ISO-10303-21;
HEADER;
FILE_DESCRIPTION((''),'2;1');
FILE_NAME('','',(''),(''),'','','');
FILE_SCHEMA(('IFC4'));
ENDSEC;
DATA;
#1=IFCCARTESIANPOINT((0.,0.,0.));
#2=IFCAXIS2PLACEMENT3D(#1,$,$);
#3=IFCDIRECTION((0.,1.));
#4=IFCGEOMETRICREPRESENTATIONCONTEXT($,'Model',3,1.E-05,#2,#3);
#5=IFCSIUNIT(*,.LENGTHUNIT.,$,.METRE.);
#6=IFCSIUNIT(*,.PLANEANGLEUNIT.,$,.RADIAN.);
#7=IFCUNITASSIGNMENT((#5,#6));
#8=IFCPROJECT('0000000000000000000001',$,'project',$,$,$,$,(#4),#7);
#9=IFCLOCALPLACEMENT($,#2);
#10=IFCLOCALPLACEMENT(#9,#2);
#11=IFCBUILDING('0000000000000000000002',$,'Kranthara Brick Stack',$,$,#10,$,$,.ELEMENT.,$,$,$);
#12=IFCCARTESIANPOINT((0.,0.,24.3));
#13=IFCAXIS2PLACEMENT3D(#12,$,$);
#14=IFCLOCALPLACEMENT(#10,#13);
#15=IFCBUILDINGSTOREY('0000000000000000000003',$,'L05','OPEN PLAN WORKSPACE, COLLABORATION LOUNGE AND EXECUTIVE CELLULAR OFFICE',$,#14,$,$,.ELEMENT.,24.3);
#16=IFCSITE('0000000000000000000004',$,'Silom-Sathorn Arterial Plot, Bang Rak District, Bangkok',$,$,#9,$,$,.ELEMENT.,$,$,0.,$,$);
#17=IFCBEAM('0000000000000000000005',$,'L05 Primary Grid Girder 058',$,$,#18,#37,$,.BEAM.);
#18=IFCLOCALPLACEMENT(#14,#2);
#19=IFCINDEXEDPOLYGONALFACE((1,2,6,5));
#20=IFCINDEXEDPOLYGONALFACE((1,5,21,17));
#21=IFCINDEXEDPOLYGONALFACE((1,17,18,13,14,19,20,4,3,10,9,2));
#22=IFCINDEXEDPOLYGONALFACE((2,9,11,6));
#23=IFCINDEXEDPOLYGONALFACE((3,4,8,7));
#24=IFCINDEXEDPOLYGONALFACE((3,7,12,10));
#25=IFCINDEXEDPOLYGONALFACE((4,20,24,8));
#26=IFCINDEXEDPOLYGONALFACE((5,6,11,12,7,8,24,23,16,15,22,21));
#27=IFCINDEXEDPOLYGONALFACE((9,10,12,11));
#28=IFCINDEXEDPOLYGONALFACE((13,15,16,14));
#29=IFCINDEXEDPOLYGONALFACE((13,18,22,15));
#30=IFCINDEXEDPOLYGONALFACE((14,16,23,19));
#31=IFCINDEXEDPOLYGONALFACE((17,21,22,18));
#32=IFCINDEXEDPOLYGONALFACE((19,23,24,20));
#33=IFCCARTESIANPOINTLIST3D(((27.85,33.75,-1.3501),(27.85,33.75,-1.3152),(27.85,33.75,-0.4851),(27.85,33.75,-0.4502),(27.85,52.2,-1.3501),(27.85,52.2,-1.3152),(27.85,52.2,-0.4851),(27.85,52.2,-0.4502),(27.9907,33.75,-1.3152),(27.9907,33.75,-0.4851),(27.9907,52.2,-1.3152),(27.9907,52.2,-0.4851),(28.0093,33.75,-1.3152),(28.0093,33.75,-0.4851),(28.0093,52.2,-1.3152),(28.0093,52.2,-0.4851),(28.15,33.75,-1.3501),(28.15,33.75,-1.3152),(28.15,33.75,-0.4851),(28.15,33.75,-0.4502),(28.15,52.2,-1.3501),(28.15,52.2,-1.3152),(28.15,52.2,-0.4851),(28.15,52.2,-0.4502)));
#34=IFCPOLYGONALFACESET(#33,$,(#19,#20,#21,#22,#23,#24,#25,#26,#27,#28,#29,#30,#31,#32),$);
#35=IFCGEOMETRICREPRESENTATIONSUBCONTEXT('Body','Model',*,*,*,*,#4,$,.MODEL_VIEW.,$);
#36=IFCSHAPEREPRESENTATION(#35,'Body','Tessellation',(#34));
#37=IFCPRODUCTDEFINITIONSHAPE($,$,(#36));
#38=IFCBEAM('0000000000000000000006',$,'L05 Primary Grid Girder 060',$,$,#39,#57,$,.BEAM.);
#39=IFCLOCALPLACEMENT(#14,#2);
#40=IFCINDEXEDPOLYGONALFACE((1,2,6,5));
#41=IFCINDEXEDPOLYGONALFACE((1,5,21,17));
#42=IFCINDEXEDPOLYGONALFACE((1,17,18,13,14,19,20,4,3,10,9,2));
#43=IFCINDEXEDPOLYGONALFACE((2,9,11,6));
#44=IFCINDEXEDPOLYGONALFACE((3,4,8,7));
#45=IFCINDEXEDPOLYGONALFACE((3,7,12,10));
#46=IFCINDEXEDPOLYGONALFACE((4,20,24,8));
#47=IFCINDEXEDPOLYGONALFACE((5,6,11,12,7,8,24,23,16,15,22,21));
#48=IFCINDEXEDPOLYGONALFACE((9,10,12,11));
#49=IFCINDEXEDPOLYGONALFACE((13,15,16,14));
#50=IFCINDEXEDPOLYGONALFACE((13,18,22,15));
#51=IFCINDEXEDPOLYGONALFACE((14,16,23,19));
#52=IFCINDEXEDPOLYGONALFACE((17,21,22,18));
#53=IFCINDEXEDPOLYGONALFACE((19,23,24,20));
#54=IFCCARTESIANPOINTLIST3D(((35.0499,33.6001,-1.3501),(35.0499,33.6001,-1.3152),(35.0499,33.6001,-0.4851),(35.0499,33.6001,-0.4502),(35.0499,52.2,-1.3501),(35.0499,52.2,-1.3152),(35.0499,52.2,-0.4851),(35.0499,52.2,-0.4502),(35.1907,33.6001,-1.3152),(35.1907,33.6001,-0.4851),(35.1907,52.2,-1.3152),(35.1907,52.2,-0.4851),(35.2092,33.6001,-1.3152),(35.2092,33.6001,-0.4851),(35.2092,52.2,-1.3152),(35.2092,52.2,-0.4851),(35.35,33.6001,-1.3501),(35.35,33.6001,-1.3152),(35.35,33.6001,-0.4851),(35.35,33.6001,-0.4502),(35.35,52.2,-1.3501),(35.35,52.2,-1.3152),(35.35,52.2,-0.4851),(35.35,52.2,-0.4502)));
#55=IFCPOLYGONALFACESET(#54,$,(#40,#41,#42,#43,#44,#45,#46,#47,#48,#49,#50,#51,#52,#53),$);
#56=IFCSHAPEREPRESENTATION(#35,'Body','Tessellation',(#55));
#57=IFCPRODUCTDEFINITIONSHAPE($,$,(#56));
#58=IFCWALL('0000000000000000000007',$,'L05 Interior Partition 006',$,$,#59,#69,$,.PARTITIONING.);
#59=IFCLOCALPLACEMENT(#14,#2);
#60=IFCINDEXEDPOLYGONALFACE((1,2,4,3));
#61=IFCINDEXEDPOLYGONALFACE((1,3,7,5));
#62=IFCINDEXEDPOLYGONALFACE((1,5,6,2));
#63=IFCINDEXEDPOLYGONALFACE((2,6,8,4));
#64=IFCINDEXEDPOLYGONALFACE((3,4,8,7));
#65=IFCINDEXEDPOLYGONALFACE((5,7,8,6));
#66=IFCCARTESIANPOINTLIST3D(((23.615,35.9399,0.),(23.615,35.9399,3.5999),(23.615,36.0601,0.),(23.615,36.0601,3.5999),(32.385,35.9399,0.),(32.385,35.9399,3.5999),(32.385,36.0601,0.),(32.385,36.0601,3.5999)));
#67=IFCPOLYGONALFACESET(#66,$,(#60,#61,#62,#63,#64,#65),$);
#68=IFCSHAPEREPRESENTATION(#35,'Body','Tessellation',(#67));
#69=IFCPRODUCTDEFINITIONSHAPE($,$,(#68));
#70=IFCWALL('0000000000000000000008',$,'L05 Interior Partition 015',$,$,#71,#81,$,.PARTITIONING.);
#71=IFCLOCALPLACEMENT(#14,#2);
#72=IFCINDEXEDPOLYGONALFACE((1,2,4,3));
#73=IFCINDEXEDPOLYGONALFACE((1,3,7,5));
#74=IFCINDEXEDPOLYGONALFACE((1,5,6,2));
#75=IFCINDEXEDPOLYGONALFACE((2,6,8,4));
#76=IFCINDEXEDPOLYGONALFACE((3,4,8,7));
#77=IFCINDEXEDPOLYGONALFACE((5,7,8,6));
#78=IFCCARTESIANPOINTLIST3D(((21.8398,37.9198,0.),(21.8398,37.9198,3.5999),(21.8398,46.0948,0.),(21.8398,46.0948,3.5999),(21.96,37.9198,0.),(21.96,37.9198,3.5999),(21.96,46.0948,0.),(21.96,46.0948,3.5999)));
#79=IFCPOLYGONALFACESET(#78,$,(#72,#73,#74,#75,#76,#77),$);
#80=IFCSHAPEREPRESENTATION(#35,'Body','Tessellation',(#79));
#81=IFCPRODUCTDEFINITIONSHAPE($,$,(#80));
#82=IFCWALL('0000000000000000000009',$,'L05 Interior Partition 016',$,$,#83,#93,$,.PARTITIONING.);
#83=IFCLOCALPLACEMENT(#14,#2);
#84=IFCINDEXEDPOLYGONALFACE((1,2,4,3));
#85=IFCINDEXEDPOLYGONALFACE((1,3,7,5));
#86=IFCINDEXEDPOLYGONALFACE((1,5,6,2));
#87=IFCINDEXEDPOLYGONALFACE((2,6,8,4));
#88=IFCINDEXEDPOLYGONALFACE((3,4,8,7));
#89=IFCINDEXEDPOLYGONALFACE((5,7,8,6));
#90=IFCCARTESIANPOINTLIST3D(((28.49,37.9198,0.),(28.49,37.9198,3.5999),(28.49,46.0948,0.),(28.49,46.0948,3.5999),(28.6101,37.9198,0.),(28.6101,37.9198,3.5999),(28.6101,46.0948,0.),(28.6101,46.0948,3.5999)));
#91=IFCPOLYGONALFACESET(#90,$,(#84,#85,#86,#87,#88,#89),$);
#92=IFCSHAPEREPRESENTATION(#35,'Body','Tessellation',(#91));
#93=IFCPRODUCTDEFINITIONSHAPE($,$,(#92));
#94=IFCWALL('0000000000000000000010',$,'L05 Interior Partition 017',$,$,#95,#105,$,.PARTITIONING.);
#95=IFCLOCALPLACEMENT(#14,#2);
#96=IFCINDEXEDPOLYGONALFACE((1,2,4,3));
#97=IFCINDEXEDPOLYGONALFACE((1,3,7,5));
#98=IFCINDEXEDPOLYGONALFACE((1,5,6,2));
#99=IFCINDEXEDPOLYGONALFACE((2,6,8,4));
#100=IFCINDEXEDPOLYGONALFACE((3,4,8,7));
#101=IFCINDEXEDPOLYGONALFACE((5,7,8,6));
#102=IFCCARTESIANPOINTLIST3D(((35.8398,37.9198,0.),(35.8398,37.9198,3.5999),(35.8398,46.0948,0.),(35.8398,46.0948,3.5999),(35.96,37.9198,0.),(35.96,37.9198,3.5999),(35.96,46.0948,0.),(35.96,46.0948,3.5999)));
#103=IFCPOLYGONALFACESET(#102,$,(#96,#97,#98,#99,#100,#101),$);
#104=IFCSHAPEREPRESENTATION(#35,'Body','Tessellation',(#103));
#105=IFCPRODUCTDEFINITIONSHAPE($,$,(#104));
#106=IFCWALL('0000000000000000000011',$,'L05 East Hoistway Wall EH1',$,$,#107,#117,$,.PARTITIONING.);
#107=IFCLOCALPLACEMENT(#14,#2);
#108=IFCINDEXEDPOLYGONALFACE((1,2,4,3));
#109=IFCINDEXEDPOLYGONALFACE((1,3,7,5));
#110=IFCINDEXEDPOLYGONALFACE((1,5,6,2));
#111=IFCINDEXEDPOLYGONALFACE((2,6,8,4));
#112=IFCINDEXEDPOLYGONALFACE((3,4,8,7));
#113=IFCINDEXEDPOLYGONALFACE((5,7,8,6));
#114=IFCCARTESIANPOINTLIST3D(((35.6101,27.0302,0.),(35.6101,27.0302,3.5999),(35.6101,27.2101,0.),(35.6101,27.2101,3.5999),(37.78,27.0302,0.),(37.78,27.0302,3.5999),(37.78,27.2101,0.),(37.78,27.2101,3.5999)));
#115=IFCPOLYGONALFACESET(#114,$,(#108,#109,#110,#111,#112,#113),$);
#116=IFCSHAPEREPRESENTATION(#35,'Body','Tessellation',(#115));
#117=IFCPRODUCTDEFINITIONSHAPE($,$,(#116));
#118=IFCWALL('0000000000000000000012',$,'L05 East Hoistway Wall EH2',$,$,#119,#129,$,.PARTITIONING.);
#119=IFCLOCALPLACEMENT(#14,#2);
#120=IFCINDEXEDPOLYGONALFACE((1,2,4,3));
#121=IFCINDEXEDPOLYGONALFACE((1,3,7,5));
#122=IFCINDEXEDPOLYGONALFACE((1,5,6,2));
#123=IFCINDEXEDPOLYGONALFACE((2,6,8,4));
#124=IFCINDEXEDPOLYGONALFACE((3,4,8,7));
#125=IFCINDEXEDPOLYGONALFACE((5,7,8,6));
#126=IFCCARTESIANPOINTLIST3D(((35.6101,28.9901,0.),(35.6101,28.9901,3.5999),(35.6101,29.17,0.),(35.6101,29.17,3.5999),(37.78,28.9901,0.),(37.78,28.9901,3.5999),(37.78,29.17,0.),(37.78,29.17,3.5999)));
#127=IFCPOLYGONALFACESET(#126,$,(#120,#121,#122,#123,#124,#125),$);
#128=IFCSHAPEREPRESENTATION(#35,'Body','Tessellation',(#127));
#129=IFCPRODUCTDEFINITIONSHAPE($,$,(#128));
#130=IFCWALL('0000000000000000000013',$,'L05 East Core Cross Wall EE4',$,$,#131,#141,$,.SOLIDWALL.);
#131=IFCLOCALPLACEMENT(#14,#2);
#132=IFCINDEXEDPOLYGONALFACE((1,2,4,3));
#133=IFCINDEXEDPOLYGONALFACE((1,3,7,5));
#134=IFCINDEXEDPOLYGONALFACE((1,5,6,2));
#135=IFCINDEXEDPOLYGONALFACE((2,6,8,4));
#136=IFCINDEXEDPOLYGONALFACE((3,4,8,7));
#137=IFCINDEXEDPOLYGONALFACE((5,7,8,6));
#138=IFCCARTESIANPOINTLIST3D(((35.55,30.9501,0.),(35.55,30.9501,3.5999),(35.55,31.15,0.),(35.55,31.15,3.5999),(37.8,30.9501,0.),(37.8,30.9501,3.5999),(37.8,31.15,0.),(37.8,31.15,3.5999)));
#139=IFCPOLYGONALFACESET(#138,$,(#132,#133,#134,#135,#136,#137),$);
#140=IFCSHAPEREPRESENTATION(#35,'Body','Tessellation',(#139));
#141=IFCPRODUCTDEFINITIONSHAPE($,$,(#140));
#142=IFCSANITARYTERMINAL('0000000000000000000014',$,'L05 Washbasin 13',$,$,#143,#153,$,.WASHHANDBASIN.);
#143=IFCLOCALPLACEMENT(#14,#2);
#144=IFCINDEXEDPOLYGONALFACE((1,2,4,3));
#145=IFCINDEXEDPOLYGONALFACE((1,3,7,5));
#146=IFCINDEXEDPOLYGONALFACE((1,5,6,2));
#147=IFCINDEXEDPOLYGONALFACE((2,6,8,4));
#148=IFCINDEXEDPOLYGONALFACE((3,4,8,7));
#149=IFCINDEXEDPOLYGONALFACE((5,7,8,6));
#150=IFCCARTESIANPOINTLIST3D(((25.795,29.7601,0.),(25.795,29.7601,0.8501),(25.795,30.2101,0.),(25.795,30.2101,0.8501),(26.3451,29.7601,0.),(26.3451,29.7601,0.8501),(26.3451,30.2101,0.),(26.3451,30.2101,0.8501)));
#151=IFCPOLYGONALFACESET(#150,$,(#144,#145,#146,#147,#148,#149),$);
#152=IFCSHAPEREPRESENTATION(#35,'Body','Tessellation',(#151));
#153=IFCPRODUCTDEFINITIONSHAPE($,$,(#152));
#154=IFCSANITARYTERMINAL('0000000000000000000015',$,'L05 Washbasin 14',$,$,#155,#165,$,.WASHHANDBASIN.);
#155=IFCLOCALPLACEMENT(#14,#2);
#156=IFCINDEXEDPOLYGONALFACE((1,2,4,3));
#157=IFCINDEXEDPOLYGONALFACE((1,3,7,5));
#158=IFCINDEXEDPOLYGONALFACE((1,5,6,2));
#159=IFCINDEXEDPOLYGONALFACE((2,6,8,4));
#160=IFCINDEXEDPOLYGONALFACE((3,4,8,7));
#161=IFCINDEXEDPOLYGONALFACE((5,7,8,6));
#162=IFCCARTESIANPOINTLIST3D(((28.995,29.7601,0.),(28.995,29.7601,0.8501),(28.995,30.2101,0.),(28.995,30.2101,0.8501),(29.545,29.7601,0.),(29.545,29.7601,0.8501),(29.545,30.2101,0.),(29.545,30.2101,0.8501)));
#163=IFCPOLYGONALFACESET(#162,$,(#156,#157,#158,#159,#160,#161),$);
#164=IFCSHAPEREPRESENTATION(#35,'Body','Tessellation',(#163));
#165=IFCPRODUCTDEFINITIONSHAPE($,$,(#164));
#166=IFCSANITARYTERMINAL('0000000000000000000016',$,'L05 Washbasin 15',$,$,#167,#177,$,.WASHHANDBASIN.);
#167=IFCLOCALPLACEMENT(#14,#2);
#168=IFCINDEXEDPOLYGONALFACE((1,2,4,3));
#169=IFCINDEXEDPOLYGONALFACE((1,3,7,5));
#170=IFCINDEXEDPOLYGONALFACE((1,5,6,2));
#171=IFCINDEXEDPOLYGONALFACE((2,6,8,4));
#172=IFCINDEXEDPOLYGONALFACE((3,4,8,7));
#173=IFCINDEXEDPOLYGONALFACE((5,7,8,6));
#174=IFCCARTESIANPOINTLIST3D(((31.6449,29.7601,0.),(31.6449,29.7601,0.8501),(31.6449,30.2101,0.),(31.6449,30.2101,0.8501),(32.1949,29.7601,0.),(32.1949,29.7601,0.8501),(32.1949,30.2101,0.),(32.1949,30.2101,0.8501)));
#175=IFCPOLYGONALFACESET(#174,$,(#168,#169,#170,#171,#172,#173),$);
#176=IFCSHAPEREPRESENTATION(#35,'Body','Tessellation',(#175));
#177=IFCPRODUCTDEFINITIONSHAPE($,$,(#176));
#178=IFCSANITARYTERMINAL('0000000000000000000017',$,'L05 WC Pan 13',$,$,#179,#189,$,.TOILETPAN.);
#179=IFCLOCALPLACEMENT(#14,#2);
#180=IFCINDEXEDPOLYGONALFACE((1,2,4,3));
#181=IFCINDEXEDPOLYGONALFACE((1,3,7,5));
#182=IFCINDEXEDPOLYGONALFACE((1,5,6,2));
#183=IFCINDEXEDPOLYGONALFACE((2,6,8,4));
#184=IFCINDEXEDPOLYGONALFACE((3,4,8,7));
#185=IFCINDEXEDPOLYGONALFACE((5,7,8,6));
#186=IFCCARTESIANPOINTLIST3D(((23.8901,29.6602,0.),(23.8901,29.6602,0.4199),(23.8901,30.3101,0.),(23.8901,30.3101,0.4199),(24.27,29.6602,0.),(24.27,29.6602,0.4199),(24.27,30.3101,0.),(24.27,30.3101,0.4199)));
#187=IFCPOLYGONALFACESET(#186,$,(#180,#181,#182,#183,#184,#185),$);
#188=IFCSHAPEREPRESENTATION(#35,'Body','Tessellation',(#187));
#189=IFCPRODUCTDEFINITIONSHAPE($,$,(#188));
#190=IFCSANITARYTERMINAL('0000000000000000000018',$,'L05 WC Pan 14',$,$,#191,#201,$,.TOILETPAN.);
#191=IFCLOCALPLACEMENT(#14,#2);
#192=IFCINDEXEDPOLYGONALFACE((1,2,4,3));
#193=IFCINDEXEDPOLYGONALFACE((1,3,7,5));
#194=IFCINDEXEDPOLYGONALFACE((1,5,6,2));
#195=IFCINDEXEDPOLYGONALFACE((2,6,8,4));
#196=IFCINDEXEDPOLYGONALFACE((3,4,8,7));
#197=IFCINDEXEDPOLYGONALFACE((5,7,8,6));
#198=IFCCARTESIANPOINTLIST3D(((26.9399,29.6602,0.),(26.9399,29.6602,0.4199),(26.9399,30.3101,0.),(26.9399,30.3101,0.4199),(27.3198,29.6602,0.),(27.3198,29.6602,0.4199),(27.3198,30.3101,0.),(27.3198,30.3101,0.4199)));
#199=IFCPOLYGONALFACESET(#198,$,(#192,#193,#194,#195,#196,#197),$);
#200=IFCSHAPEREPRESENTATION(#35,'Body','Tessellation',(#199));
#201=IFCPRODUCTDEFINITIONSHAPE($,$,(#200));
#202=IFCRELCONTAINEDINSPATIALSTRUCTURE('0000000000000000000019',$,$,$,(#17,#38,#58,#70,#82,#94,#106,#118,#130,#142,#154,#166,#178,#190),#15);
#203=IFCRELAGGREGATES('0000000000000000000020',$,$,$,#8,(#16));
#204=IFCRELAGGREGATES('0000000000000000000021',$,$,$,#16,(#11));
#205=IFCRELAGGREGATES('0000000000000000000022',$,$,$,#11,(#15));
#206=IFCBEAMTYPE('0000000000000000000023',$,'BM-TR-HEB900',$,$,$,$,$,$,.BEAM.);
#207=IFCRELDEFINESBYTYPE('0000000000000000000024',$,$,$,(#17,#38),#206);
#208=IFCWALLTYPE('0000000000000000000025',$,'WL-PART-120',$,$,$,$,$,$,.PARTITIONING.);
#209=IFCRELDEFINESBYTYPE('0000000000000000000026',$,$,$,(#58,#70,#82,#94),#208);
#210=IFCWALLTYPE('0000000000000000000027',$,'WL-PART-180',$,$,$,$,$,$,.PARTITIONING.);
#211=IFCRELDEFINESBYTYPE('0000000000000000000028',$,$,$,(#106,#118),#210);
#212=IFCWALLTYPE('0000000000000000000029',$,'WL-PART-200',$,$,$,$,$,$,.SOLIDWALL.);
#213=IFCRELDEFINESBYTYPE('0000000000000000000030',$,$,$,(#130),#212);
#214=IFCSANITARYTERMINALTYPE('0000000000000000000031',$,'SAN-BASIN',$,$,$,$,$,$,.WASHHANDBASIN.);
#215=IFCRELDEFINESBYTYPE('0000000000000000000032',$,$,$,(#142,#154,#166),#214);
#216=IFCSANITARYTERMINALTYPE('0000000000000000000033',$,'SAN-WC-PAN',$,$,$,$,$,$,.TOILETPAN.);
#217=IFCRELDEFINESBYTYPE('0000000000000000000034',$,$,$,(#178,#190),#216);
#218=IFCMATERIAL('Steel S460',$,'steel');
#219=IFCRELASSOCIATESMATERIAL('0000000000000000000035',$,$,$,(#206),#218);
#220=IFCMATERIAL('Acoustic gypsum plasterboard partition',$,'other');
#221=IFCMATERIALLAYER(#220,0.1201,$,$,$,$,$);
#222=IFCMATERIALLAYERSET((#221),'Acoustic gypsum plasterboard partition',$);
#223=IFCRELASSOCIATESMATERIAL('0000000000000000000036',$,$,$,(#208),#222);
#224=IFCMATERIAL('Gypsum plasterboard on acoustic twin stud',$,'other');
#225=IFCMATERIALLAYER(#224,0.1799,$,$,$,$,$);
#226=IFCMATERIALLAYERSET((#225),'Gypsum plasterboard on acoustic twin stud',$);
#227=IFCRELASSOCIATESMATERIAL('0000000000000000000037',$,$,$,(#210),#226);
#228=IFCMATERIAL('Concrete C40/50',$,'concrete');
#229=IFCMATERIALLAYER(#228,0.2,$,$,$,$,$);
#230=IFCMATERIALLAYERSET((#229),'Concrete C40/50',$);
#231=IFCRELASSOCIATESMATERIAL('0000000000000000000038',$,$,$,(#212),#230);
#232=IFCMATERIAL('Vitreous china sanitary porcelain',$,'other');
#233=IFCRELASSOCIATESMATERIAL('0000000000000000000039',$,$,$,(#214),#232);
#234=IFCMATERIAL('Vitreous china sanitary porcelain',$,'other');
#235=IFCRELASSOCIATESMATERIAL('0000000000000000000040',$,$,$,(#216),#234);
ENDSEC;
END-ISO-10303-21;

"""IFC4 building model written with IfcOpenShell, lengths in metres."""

from ifc_helpers import new_model, si_unit, direction, frame, frame_2d, origin, origin_2d, place, context, subcontext, project, spatial, rectangle, i_section, extrude, material, layer, layer_set, material_profile, profile_set, type_object, element, save


model = new_model("IFC4")

# Units and contexts
model_context = context("Model", 3, precision=1e-05, world=origin(), true_north=direction((0.0, 1.0)))
body_context = subcontext(model_context, "Body", "Model", "MODEL_VIEW")
ifc_project = project(units=[si_unit("LENGTHUNIT", "METRE"), si_unit("PLANEANGLEUNIT", "RADIAN")], contexts=[model_context])

# Site, building, storey
site_placement = place(None, origin())
site = spatial("IfcSite", under=ifc_project, at=site_placement, Name="Silom-Sathorn Arterial Plot, Bang Rak District, Bangkok", CompositionType="ELEMENT", RefElevation=0.0)
building_placement = place(site_placement, origin())
building = spatial("IfcBuilding", under=site, at=building_placement, Name="Kranthara Brick Stack", CompositionType="ELEMENT")
storey_placement = place(building_placement, frame((0.0, 0.0, 24.3)))
storey = spatial("IfcBuildingStorey", under=building, at=storey_placement, Name="L05", Description="OPEN PLAN WORKSPACE, COLLABORATION LOUNGE AND EXECUTIVE CELLULAR OFFICE", CompositionType="ELEMENT", Elevation=24.3)

# Beams
ifc_material_1 = material(Name="Steel S460", Category="steel")
ifc_material_profile_1 = material_profile(ifc_material_1, i_section(OverallWidth=0.3, OverallDepth=0.8999, WebThickness=0.0186, FlangeThickness=0.0349, at=origin_2d()), Name="HEB 900")
ifc_profile_set_1 = profile_set([ifc_material_profile_1], Name="Steel S460")
beam_type_1 = type_object("IfcBeamType", Name="BM-TR-HEB900", PredefinedType="BEAM", material=ifc_profile_set_1)
beam_1_placement = place(storey_placement, frame((28.0, 33.75, -0.9001), z_axis=(0.0, 1.0, 0.0), x_axis=(-1.0, 0.0, 0.0)))
element("IfcBeam", 1, at=beam_1_placement, inside=storey, type_object=beam_type_1, Name="L05 Primary Grid Girder 058", PredefinedType="BEAM", context=body_context, shape_type="SweptSolid", body=[
    extrude(i_section(OverallWidth=0.3, OverallDepth=0.8999, WebThickness=0.0186, FlangeThickness=0.0349, at=origin_2d()), origin(), (0.0, 0.0, 1.0), 18.45),
])
beam_2_placement = place(storey_placement, frame((35.2, 33.6001, -0.9001), z_axis=(0.0, 1.0, 0.0), x_axis=(-1.0, 0.0, 0.0)))
element("IfcBeam", 2, at=beam_2_placement, inside=storey, type_object=beam_type_1, Name="L05 Primary Grid Girder 060", PredefinedType="BEAM", context=body_context, shape_type="SweptSolid", body=[
    extrude(i_section(OverallWidth=0.3, OverallDepth=0.8999, WebThickness=0.0186, FlangeThickness=0.0349, at=origin_2d()), origin(), (0.0, 0.0, 1.0), 18.5999),
])

# Walls
ifc_material_2 = material(Name="Acoustic gypsum plasterboard partition", Category="other")
ifc_layer_1 = layer(ifc_material_2, 0.1201)
ifc_layer_set_1 = layer_set([ifc_layer_1], Name="Acoustic gypsum plasterboard partition")
wall_type_1 = type_object("IfcWallType", Name="WL-PART-120", PredefinedType="PARTITIONING", material=ifc_layer_set_1)
wall_1_placement = place(storey_placement, frame((23.615, 36.0, 0.0), z_axis=(0.0, 0.0, 1.0), x_axis=(1.0, 0.0, 0.0)))
element("IfcWall", 3, at=wall_1_placement, inside=storey, type_object=wall_type_1, Name="L05 Interior Partition 006", PredefinedType="PARTITIONING", context=body_context, shape_type="SweptSolid", body=[
    extrude(rectangle(XDim=8.77, YDim=0.1201, at=frame_2d((4.385, 0.0))), origin(), (0.0, 0.0, 1.0), 3.5999),
])
for number, where, z_axis, x_axis, name in (
    (4, (21.8999, 37.9199, 0.0), (0.0, 0.0, 1.0), (0.0, 1.0, 0.0), "L05 Interior Partition 015"),
    (5, (28.55, 37.9199, 0.0), (0.0, 0.0, 1.0), (0.0, 1.0, 0.0), "L05 Interior Partition 016"),
    (6, (35.8999, 37.9199, 0.0), (0.0, 0.0, 1.0), (0.0, 1.0, 0.0), "L05 Interior Partition 017"),
):
    element("IfcWall", number, at=place(storey_placement, frame(where, z_axis=z_axis, x_axis=x_axis)), inside=storey, type_object=wall_type_1, Name=name, PredefinedType="PARTITIONING", context=body_context, shape_type="SweptSolid", body=[
        extrude(rectangle(XDim=8.175, YDim=0.1201, at=frame_2d((4.0874, 0.0))), origin(), (0.0, 0.0, 1.0), 3.5999),
    ])
ifc_material_3 = material(Name="Gypsum plasterboard on acoustic twin stud", Category="other")
ifc_layer_2 = layer(ifc_material_3, 0.1799)
ifc_layer_set_2 = layer_set([ifc_layer_2], Name="Gypsum plasterboard on acoustic twin stud")
wall_type_2 = type_object("IfcWallType", Name="WL-PART-180", PredefinedType="PARTITIONING", material=ifc_layer_set_2)
for number, where, z_axis, x_axis, name in (
    (7, (35.6101, 27.1201, 0.0), (0.0, 0.0, 1.0), (1.0, 0.0, 0.0), "L05 East Hoistway Wall EH1"),
    (8, (35.6101, 29.0801, 0.0), (0.0, 0.0, 1.0), (1.0, 0.0, 0.0), "L05 East Hoistway Wall EH2"),
):
    element("IfcWall", number, at=place(storey_placement, frame(where, z_axis=z_axis, x_axis=x_axis)), inside=storey, type_object=wall_type_2, Name=name, PredefinedType="PARTITIONING", context=body_context, shape_type="SweptSolid", body=[
        extrude(rectangle(XDim=2.1699, YDim=0.1799, at=frame_2d((1.085, 0.0))), origin(), (0.0, 0.0, 1.0), 3.5999),
    ])
ifc_material_4 = material(Name="Concrete C40/50", Category="concrete")
ifc_layer_3 = layer(ifc_material_4, 0.2)
ifc_layer_set_3 = layer_set([ifc_layer_3], Name="Concrete C40/50")
wall_type_3 = type_object("IfcWallType", Name="WL-PART-200", PredefinedType="SOLIDWALL", material=ifc_layer_set_3)
wall_2_placement = place(storey_placement, frame((35.55, 31.05, 0.0), z_axis=(0.0, 0.0, 1.0), x_axis=(1.0, 0.0, 0.0)))
element("IfcWall", 9, at=wall_2_placement, inside=storey, type_object=wall_type_3, Name="L05 East Core Cross Wall EE4", PredefinedType="SOLIDWALL", context=body_context, shape_type="SweptSolid", body=[
    extrude(rectangle(XDim=2.25, YDim=0.2, at=frame_2d((1.125, 0.0))), origin(), (0.0, 0.0, 1.0), 3.5999),
])

# Sanitary terminals
ifc_material_5 = material(Name="Vitreous china sanitary porcelain", Category="other")
sanitary_terminal_type_1 = type_object("IfcSanitaryTerminalType", Name="SAN-BASIN", PredefinedType="WASHHANDBASIN", material=ifc_material_5)
for number, where, z_axis, x_axis, name in (
    (10, (26.0701, 29.9851, 0.0), (0.0, 0.0, 1.0), (1.0, 0.0, 0.0), "L05 Washbasin 13"),
    (11, (29.27, 29.9851, 0.0), (0.0, 0.0, 1.0), (1.0, 0.0, 0.0), "L05 Washbasin 14"),
    (12, (31.9199, 29.9851, 0.0), (0.0, 0.0, 1.0), (1.0, 0.0, 0.0), "L05 Washbasin 15"),
):
    element("IfcSanitaryTerminal", number, at=place(storey_placement, frame(where, z_axis=z_axis, x_axis=x_axis)), inside=storey, type_object=sanitary_terminal_type_1, Name=name, PredefinedType="WASHHANDBASIN", context=body_context, shape_type="SweptSolid", body=[
        extrude(rectangle(XDim=0.55, YDim=0.45, at=origin_2d()), origin(), (0.0, 0.0, 1.0), 0.8501),
    ])
ifc_material_6 = material(Name="Vitreous china sanitary porcelain", Category="other")
sanitary_terminal_type_2 = type_object("IfcSanitaryTerminalType", Name="SAN-WC-PAN", PredefinedType="TOILETPAN", material=ifc_material_6)
for number, where, z_axis, x_axis, name in (
    (13, (24.0801, 29.9851, 0.0), (0.0, 0.0, 1.0), (1.0, 0.0, 0.0), "L05 WC Pan 13"),
    (14, (27.1299, 29.9851, 0.0), (0.0, 0.0, 1.0), (1.0, 0.0, 0.0), "L05 WC Pan 14"),
):
    element("IfcSanitaryTerminal", number, at=place(storey_placement, frame(where, z_axis=z_axis, x_axis=x_axis)), inside=storey, type_object=sanitary_terminal_type_2, Name=name, PredefinedType="TOILETPAN", context=body_context, shape_type="SweptSolid", body=[
        extrude(rectangle(XDim=0.3799, YDim=0.6499, at=origin_2d()), origin(), (0.0, 0.0, 1.0), 0.4199),
    ])

save(model, "model.ifc")
